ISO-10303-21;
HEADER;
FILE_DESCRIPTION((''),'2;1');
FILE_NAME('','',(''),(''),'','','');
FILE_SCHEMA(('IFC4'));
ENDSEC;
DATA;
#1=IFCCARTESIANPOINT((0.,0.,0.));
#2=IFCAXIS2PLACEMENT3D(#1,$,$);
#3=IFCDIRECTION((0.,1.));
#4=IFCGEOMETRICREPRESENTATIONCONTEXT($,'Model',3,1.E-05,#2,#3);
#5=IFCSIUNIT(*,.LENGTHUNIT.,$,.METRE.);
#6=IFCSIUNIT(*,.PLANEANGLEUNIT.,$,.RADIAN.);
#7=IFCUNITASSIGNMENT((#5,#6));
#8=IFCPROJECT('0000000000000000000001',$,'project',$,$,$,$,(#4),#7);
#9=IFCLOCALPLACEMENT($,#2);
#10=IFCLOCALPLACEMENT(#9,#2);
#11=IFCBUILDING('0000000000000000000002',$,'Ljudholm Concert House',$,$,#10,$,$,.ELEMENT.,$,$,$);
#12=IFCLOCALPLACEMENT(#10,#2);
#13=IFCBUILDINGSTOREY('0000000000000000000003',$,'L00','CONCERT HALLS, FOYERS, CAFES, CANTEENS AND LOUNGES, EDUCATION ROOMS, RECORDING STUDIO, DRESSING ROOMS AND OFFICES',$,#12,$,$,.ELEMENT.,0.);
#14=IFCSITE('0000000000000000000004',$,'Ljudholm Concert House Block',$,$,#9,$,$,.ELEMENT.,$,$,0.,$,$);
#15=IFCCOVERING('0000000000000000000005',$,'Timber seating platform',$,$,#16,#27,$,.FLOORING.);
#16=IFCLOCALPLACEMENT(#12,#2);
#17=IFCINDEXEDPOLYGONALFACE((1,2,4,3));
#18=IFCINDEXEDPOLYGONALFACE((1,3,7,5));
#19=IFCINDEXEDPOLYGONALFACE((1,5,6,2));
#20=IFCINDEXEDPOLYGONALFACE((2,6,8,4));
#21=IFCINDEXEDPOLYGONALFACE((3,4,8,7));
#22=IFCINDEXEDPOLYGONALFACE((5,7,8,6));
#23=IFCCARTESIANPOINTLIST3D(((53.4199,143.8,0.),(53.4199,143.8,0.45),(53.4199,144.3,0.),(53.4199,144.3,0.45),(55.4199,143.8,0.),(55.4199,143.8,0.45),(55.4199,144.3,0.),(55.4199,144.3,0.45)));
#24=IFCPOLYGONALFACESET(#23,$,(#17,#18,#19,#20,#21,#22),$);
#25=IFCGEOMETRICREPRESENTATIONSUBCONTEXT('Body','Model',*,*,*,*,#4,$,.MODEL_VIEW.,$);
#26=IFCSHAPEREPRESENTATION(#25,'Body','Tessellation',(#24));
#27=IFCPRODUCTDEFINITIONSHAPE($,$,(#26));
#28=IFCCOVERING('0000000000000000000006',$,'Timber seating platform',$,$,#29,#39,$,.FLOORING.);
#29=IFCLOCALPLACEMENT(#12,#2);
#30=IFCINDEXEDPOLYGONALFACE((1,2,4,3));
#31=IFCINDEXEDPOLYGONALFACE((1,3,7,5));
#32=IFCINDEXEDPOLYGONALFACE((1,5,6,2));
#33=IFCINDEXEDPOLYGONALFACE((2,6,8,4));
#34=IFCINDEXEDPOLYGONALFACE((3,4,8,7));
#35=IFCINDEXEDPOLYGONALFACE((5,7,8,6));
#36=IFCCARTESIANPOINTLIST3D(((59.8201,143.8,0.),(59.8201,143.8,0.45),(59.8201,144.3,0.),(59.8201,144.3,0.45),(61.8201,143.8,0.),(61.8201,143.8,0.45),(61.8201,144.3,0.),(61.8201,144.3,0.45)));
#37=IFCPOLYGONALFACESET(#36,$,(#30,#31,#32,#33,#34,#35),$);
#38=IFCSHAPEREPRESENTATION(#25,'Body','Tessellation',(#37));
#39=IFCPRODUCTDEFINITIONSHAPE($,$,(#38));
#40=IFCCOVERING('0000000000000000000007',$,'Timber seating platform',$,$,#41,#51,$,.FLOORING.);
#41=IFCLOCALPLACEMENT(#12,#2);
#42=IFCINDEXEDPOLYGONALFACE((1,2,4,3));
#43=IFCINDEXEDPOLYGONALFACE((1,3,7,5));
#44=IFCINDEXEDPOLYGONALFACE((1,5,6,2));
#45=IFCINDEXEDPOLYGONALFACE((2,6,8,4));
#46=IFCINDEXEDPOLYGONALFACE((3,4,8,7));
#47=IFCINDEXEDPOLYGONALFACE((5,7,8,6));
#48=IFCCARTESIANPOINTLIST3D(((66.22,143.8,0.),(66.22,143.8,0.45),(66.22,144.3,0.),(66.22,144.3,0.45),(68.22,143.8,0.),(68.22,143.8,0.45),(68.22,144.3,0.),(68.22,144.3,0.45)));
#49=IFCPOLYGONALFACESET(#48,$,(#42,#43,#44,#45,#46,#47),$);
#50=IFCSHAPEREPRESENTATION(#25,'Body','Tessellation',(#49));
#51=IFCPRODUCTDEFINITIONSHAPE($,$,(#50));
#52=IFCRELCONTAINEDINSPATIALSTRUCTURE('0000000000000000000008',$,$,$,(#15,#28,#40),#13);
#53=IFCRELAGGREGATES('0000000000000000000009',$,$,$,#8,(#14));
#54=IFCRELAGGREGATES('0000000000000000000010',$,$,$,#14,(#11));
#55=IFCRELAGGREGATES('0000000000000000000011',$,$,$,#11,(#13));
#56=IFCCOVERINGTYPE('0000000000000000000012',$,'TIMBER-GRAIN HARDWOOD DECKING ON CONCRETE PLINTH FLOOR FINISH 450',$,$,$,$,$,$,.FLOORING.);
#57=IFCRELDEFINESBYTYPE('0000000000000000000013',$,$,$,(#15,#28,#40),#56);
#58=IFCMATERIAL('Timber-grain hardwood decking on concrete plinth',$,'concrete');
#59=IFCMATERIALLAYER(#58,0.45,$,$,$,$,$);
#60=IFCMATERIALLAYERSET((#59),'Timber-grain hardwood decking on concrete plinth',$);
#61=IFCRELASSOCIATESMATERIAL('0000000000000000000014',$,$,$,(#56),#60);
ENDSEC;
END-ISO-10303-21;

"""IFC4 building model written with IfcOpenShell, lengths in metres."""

from ifc_helpers import new_model, si_unit, direction, origin, place, context, subcontext, project, spatial, polyline, outline, extrude, material, layer, layer_set, type_object, element, save


model = new_model("IFC4")

# Units and contexts
model_context = context("Model", 3, precision=1e-05, world=origin(), true_north=direction((0.0, 1.0)))
body_context = subcontext(model_context, "Body", "Model", "MODEL_VIEW")
ifc_project = project(units=[si_unit("LENGTHUNIT", "METRE"), si_unit("PLANEANGLEUNIT", "RADIAN")], contexts=[model_context])

# Site, building, storey
site_placement = place(None, origin())
site = spatial("IfcSite", under=ifc_project, at=site_placement, Name="Ljudholm Concert House Block", CompositionType="ELEMENT", RefElevation=0.0)
building_placement = place(site_placement, origin())
building = spatial("IfcBuilding", under=site, at=building_placement, Name="Ljudholm Concert House", CompositionType="ELEMENT")
storey_placement = place(building_placement, origin())
storey = spatial("IfcBuildingStorey", under=building, at=storey_placement, Name="L00", Description="CONCERT HALLS, FOYERS, CAFES, CANTEENS AND LOUNGES, EDUCATION ROOMS, RECORDING STUDIO, DRESSING ROOMS AND OFFICES", CompositionType="ELEMENT", Elevation=0.0)

# Coverings
ifc_material_1 = material(Name="Timber-grain hardwood decking on concrete plinth", Category="concrete")
ifc_layer_1 = layer(ifc_material_1, 0.45)
ifc_layer_set_1 = layer_set([ifc_layer_1], Name="Timber-grain hardwood decking on concrete plinth")
covering_type_1 = type_object("IfcCoveringType", Name="TIMBER-GRAIN HARDWOOD DECKING ON CONCRETE PLINTH FLOOR FINISH 450", PredefinedType="FLOORING", material=ifc_layer_set_1)
covering_1_placement = place(storey_placement, origin())
element("IfcCovering", 1, at=covering_1_placement, inside=storey, type_object=covering_type_1, Name="Timber seating platform", PredefinedType="FLOORING", context=body_context, shape_type="SweptSolid", body=[
    extrude(outline(polyline([(53.4199, 143.8), (55.4199, 143.8), (55.4199, 144.3), (53.4199, 144.3), (53.4199, 143.8)])), origin(), (0.0, 0.0, 1.0), 0.45),
])
covering_2_placement = place(storey_placement, origin())
element("IfcCovering", 2, at=covering_2_placement, inside=storey, type_object=covering_type_1, Name="Timber seating platform", PredefinedType="FLOORING", context=body_context, shape_type="SweptSolid", body=[
    extrude(outline(polyline([(59.8201, 143.8), (61.8201, 143.8), (61.8201, 144.3), (59.8201, 144.3), (59.8201, 143.8)])), origin(), (0.0, 0.0, 1.0), 0.45),
])
covering_3_placement = place(storey_placement, origin())
element("IfcCovering", 3, at=covering_3_placement, inside=storey, type_object=covering_type_1, Name="Timber seating platform", PredefinedType="FLOORING", context=body_context, shape_type="SweptSolid", body=[
    extrude(outline(polyline([(66.22, 143.8), (68.22, 143.8), (68.22, 144.3), (66.22, 144.3), (66.22, 143.8)])), origin(), (0.0, 0.0, 1.0), 0.45),
])

save(model, "model.ifc")
